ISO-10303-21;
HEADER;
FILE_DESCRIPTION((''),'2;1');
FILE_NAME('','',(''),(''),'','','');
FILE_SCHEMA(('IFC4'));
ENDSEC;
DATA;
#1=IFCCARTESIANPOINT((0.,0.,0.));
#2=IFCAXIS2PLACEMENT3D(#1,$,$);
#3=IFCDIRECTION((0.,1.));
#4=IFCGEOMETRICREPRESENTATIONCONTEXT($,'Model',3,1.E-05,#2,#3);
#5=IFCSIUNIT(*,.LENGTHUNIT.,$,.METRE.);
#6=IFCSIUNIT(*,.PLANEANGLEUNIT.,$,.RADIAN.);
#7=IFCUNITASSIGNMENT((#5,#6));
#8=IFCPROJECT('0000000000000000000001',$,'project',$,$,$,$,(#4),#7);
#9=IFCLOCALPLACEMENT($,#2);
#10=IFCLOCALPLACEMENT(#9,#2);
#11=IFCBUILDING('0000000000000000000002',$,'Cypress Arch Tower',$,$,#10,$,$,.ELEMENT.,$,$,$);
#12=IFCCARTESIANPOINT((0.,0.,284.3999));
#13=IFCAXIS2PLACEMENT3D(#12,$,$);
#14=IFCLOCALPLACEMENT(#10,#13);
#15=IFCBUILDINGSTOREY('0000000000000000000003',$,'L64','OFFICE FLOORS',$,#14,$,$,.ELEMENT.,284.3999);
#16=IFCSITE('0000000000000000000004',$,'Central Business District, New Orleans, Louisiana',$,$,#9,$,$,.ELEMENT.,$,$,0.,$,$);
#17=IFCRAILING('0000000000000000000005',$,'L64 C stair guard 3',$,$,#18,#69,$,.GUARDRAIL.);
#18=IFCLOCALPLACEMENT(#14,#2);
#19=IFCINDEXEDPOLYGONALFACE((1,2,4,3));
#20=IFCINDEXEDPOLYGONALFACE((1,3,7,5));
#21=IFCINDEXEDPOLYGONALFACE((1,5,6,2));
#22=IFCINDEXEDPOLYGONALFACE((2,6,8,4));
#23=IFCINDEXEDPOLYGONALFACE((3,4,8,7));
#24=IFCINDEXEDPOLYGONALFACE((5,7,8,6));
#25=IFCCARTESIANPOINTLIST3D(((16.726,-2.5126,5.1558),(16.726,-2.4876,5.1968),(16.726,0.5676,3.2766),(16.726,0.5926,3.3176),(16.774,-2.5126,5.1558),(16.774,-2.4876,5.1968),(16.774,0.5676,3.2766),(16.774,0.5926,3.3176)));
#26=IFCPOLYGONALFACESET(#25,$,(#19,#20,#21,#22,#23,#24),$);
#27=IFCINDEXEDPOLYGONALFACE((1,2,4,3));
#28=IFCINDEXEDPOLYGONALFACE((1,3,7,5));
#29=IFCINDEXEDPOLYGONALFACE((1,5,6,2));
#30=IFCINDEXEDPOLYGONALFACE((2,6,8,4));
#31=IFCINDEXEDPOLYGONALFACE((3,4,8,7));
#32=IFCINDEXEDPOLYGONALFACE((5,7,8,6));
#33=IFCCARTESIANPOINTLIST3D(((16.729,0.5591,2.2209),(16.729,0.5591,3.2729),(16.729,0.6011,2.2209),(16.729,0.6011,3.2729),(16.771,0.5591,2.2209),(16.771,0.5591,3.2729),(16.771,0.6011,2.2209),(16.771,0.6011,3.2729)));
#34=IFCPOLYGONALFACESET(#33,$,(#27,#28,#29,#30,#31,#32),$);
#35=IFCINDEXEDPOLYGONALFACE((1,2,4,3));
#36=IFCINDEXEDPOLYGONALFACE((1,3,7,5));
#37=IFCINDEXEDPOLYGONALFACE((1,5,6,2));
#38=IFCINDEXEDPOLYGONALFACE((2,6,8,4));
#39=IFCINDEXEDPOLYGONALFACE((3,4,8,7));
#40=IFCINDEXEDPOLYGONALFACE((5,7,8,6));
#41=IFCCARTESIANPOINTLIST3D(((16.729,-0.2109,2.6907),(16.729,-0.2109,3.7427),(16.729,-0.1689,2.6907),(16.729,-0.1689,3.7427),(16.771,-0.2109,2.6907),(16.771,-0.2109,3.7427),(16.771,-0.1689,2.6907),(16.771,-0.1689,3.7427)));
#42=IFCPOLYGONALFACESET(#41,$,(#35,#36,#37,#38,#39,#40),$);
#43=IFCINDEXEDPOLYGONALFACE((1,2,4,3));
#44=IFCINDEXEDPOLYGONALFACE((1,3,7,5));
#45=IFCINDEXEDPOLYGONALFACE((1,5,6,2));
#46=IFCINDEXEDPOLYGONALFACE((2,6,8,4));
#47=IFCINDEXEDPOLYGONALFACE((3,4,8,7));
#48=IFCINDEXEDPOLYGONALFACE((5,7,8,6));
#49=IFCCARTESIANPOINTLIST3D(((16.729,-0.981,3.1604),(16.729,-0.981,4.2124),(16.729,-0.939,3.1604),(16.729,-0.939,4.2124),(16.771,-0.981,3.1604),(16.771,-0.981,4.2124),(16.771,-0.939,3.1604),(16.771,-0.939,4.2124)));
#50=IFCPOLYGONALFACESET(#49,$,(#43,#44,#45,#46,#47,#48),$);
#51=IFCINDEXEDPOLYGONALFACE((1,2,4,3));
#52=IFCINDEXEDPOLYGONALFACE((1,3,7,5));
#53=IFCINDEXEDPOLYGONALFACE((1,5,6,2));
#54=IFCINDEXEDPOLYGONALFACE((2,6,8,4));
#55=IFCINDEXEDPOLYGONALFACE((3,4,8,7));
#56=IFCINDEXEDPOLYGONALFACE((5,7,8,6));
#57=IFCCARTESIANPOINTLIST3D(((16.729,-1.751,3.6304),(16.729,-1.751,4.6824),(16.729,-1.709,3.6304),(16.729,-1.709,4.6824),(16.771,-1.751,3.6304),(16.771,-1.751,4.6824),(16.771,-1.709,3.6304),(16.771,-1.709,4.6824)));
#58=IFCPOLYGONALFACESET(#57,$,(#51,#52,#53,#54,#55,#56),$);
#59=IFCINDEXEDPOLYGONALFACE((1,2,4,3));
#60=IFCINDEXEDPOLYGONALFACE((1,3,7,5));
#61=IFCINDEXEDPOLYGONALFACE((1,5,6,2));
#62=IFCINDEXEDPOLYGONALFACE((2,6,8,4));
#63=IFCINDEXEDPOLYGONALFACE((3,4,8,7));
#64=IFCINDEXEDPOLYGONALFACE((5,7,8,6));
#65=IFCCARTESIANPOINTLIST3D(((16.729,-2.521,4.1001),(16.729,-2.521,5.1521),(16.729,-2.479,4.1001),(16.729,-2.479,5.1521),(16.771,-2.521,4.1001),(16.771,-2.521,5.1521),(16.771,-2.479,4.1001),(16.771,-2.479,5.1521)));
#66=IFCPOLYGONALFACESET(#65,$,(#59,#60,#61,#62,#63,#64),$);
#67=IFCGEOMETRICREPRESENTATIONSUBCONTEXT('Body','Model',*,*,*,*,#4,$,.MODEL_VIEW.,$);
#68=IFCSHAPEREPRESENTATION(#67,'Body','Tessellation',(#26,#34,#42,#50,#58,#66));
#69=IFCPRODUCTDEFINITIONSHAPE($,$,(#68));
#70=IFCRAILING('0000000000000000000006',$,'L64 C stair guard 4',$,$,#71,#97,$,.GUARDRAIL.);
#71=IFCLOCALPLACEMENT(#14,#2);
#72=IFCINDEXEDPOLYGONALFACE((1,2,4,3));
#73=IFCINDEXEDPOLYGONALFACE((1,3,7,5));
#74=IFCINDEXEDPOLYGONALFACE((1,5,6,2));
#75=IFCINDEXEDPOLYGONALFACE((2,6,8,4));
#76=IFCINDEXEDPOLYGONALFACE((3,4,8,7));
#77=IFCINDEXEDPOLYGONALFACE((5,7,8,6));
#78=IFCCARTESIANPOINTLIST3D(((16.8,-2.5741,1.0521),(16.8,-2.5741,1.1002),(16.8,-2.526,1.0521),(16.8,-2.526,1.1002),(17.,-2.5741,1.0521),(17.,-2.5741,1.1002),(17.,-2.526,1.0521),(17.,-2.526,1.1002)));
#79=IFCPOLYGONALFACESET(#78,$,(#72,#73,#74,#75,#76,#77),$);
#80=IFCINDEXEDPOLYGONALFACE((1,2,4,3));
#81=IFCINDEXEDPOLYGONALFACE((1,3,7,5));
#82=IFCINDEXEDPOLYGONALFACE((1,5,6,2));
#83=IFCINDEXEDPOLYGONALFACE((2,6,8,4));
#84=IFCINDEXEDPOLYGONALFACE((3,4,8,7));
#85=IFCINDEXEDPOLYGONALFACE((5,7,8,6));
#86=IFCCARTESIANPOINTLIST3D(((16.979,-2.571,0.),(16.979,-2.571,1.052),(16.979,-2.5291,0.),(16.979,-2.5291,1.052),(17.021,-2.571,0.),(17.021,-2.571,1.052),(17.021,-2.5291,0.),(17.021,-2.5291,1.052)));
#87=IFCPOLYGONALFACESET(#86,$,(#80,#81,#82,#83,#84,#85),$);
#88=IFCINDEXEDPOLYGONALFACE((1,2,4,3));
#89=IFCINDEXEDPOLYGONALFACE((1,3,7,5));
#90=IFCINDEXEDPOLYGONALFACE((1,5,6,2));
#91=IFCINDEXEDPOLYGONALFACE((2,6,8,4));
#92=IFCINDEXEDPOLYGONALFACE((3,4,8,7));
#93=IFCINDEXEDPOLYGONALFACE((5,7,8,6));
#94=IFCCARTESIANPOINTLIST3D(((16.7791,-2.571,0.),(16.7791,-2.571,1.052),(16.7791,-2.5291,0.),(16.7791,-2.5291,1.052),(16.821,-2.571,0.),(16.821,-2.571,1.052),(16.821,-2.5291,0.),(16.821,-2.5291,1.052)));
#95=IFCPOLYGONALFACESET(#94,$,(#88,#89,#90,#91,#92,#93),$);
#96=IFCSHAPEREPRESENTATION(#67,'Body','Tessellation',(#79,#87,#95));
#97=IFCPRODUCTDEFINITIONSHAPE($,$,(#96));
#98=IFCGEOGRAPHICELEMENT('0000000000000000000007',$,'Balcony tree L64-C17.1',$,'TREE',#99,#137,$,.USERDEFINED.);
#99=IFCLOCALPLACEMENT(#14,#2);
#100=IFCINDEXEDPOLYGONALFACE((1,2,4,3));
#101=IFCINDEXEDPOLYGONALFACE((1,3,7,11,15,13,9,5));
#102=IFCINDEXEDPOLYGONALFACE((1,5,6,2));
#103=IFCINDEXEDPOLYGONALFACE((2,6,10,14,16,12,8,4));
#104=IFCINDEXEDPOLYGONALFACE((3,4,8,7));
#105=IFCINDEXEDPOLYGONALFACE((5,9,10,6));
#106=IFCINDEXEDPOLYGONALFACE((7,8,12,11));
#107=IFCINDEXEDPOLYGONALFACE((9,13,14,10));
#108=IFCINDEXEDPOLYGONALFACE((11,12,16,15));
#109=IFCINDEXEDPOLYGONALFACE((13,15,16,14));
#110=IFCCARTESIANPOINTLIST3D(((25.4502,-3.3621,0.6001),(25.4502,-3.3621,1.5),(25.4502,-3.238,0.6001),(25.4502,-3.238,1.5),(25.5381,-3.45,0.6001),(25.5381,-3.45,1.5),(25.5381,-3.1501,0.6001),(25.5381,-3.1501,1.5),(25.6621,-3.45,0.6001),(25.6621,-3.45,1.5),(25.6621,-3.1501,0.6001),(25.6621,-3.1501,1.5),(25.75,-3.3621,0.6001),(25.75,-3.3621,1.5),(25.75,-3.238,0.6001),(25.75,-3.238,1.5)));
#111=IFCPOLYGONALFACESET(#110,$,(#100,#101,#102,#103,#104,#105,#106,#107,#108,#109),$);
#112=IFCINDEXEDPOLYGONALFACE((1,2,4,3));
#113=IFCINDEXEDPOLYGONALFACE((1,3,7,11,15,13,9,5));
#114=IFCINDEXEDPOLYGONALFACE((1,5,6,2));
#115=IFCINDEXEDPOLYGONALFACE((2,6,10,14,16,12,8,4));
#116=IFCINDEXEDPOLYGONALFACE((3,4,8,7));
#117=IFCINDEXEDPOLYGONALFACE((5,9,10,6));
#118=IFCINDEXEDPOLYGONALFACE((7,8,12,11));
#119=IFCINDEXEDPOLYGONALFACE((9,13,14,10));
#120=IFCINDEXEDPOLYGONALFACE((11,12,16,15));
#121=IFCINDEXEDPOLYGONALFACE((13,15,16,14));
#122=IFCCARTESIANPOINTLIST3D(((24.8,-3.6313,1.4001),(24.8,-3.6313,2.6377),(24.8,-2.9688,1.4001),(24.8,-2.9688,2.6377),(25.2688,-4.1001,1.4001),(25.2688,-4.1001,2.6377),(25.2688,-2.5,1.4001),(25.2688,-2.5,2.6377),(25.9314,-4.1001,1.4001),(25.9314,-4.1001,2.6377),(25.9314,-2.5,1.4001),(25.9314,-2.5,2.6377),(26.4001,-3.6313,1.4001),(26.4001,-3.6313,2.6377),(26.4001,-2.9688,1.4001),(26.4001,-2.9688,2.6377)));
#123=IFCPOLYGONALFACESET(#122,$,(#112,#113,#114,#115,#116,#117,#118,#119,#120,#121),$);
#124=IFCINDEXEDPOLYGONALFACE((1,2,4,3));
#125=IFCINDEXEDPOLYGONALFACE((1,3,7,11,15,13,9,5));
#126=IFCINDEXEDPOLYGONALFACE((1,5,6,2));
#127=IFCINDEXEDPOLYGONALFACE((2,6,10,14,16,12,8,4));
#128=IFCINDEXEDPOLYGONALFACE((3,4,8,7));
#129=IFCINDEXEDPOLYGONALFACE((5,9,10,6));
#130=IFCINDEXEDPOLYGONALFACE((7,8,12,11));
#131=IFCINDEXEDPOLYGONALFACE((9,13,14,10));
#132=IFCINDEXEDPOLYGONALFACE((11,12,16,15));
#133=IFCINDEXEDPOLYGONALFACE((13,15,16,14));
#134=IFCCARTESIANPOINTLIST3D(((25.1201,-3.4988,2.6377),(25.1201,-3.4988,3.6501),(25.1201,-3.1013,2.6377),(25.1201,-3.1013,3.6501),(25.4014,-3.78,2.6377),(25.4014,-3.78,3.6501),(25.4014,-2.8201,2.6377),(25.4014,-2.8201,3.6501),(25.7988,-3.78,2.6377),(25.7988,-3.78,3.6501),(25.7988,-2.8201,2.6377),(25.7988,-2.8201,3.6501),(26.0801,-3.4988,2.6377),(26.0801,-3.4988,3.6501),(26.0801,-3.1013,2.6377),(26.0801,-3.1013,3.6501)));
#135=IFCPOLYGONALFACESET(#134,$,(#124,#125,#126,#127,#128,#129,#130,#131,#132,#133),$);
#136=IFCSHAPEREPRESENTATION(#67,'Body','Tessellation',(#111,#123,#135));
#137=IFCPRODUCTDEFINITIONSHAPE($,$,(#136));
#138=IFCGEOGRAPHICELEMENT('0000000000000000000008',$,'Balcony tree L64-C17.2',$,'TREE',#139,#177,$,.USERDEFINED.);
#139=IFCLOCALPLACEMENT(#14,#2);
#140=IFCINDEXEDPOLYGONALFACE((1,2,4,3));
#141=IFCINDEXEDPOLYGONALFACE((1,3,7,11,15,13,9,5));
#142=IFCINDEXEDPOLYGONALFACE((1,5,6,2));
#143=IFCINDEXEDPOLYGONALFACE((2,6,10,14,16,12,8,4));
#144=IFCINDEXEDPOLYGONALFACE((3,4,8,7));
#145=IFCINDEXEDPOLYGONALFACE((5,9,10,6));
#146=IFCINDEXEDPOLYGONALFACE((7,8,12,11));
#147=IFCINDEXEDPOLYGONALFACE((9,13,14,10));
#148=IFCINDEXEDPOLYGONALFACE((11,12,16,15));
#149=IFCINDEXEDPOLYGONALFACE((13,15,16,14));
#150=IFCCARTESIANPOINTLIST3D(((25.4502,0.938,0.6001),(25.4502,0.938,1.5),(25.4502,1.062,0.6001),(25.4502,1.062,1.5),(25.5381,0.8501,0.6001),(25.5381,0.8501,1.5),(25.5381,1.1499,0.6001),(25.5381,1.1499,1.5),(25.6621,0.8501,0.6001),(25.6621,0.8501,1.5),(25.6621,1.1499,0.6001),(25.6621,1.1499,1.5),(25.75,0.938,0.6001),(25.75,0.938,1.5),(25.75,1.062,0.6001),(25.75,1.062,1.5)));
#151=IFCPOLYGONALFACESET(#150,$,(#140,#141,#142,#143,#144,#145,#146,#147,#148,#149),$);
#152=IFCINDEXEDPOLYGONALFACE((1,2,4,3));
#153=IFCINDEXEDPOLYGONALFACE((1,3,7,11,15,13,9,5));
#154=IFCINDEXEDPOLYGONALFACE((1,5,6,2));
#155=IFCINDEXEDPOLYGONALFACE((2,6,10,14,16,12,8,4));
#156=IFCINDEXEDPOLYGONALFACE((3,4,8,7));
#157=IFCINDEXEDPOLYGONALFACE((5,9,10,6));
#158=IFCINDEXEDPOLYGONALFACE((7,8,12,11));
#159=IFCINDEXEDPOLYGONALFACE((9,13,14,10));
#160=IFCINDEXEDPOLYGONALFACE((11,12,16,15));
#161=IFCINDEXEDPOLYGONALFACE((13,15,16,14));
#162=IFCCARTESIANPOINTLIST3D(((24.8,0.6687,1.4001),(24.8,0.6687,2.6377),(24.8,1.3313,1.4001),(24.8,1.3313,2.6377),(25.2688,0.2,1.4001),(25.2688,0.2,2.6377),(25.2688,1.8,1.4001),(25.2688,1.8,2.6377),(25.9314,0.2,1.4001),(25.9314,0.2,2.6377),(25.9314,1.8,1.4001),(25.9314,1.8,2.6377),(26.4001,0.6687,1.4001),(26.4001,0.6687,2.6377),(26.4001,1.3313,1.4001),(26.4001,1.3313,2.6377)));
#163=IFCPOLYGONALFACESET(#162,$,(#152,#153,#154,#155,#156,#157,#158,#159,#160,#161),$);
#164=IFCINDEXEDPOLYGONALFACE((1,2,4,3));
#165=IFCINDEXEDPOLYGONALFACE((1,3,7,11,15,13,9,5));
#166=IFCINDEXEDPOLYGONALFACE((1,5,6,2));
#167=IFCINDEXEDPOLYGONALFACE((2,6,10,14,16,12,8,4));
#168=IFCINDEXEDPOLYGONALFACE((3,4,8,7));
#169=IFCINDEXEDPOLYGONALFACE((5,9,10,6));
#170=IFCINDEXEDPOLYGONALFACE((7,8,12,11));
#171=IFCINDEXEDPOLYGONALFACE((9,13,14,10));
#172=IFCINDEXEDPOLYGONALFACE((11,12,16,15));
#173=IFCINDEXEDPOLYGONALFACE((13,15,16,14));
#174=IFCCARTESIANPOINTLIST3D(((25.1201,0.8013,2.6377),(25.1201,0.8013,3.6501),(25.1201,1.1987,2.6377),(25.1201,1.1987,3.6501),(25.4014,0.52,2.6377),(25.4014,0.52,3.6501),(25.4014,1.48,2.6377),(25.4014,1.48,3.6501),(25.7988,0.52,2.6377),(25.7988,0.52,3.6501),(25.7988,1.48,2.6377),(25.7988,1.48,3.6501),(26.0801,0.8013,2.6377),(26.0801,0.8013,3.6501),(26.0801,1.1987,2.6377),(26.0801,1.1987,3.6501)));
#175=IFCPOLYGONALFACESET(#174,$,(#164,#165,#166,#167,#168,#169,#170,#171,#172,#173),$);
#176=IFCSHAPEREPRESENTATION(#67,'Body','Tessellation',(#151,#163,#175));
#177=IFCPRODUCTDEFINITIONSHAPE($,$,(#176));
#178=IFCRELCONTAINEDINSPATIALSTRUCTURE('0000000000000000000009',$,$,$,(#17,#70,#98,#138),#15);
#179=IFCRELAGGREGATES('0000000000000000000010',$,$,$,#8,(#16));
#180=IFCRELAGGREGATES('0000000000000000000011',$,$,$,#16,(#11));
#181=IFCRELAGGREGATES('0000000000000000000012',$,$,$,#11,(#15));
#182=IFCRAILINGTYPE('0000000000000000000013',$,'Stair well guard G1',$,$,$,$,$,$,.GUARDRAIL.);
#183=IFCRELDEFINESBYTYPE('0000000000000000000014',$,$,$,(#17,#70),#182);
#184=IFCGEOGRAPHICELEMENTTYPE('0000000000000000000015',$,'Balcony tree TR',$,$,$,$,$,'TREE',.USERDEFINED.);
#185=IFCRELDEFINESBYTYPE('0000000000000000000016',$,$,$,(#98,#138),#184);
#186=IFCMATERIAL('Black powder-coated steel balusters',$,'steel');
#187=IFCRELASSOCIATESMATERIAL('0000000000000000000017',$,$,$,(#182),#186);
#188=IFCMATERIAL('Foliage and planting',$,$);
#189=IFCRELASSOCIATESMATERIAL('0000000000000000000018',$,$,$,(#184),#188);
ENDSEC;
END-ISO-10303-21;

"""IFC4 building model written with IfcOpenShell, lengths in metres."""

from ifc_helpers import new_model, si_unit, direction, frame, origin, origin_2d, place, context, subcontext, project, spatial, polyline, rectangle, outline, extrude, material, type_object, element, save


model = new_model("IFC4")

# Units and contexts
model_context = context("Model", 3, precision=1e-05, world=origin(), true_north=direction((0.0, 1.0)))
body_context = subcontext(model_context, "Body", "Model", "MODEL_VIEW")
ifc_project = project(units=[si_unit("LENGTHUNIT", "METRE"), si_unit("PLANEANGLEUNIT", "RADIAN")], contexts=[model_context])

# Site, building, storey
site_placement = place(None, origin())
site = spatial("IfcSite", under=ifc_project, at=site_placement, Name="Central Business District, New Orleans, Louisiana", CompositionType="ELEMENT", RefElevation=0.0)
building_placement = place(site_placement, origin())
building = spatial("IfcBuilding", under=site, at=building_placement, Name="Cypress Arch Tower", CompositionType="ELEMENT")
storey_placement = place(building_placement, frame((0.0, 0.0, 284.3999)))
storey = spatial("IfcBuildingStorey", under=building, at=storey_placement, Name="L64", Description="OFFICE FLOORS", CompositionType="ELEMENT", Elevation=284.3999)

# Railings
ifc_material_1 = material(Name="Black powder-coated steel balusters", Category="steel")
railing_type_1 = type_object("IfcRailingType", Name="Stair well guard G1", PredefinedType="GUARDRAIL", material=ifc_material_1)
railing_1_placement = place(storey_placement, frame((16.75, 0.5801, 2.2209)))
element("IfcRailing", 1, at=railing_1_placement, inside=storey, type_object=railing_type_1, Name="L64 C stair guard 3", PredefinedType="GUARDRAIL", context=body_context, shape_type="SweptSolid", body=[
    extrude(rectangle(XDim=0.0481, YDim=0.0481, at=origin_2d()), frame((0.0, 0.0, 1.0762), z_axis=(0.0, -0.853666, 0.52082), x_axis=(1.0, 0.0, 0.0)), (0.0, 0.0, 1.0), 3.6082),
    extrude(rectangle(XDim=0.042, YDim=0.042, at=origin_2d()), origin(), (0.0, 0.0, 1.0), 1.052),
    extrude(rectangle(XDim=0.042, YDim=0.042, at=origin_2d()), frame((0.0, -0.77, 0.4697)), (0.0, 0.0, 1.0), 1.052),
    extrude(rectangle(XDim=0.042, YDim=0.042, at=origin_2d()), frame((0.0, -1.54, 0.9395)), (0.0, 0.0, 1.0), 1.052),
    extrude(rectangle(XDim=0.042, YDim=0.042, at=origin_2d()), frame((0.0, -2.3101, 1.4094)), (0.0, 0.0, 1.0), 1.052),
    extrude(rectangle(XDim=0.042, YDim=0.042, at=origin_2d()), frame((0.0, -3.0801, 1.8792)), (0.0, 0.0, 1.0), 1.052),
])
railing_2_placement = place(storey_placement, frame((17.0, -2.55, 0.0)))
element("IfcRailing", 2, at=railing_2_placement, inside=storey, type_object=railing_type_1, Name="L64 C stair guard 4", PredefinedType="GUARDRAIL", context=body_context, shape_type="SweptSolid", body=[
    extrude(rectangle(XDim=0.0481, YDim=0.0481, at=origin_2d()), frame((0.0, 0.0, 1.0762), z_axis=(-1.0, 0.0, 0.0), x_axis=(0.0, -1.0, 0.0)), (0.0, 0.0, 1.0), 0.2),
    extrude(rectangle(XDim=0.042, YDim=0.042, at=origin_2d()), origin(), (0.0, 0.0, 1.0), 1.052),
    extrude(rectangle(XDim=0.042, YDim=0.042, at=origin_2d()), frame((-0.2, 0.0, 0.0)), (0.0, 0.0, 1.0), 1.052),
])

# Geographic elements
ifc_material_2 = material(Name="Foliage and planting")
geographic_element_type = type_object("IfcGeographicElementType", Name="Balcony tree TR", ElementType="TREE", PredefinedType="USERDEFINED", material=ifc_material_2)
for number, where, z_axis, x_axis, name in (
    (3, (25.6001, -3.3, 0.6001), (0.0, 0.0, 1.0), (1.0, 0.0, 0.0), "Balcony tree L64-C17.1"),
    (4, (25.6001, 1.0, 0.6001), (0.0, 0.0, 1.0), (1.0, 0.0, 0.0), "Balcony tree L64-C17.2"),
):
    element("IfcGeographicElement", number, at=place(storey_placement, frame(where, z_axis=z_axis, x_axis=x_axis)), inside=storey, type_object=geographic_element_type, Name=name, ObjectType="TREE", PredefinedType="USERDEFINED", context=body_context, shape_type="SweptSolid", body=[
        extrude(outline(polyline([(0.1499, 0.062), (0.062, 0.1499), (-0.062, 0.1499), (-0.1499, 0.062), (-0.1499, -0.062), (-0.062, -0.1499), (0.062, -0.1499), (0.1499, -0.062), (0.1499, 0.062)])), origin(), (0.0, 0.0, 1.0), 0.8999),
        extrude(outline(polyline([(0.8, 0.3313), (0.3313, 0.8), (-0.3313, 0.8), (-0.8, 0.3313), (-0.8, -0.3313), (-0.3313, -0.8), (0.3313, -0.8), (0.8, -0.3313), (0.8, 0.3313)])), frame((0.0, 0.0, 0.8)), (0.0, 0.0, 1.0), 1.2375),
        extrude(outline(polyline([(0.48, 0.1987), (0.1987, 0.48), (-0.1987, 0.48), (-0.48, 0.1987), (-0.48, -0.1987), (-0.1987, -0.48), (0.1987, -0.48), (0.48, -0.1987), (0.48, 0.1987)])), frame((0.0, 0.0, 2.0376)), (0.0, 0.0, 1.0), 1.0125),
    ])

save(model, "model.ifc")
